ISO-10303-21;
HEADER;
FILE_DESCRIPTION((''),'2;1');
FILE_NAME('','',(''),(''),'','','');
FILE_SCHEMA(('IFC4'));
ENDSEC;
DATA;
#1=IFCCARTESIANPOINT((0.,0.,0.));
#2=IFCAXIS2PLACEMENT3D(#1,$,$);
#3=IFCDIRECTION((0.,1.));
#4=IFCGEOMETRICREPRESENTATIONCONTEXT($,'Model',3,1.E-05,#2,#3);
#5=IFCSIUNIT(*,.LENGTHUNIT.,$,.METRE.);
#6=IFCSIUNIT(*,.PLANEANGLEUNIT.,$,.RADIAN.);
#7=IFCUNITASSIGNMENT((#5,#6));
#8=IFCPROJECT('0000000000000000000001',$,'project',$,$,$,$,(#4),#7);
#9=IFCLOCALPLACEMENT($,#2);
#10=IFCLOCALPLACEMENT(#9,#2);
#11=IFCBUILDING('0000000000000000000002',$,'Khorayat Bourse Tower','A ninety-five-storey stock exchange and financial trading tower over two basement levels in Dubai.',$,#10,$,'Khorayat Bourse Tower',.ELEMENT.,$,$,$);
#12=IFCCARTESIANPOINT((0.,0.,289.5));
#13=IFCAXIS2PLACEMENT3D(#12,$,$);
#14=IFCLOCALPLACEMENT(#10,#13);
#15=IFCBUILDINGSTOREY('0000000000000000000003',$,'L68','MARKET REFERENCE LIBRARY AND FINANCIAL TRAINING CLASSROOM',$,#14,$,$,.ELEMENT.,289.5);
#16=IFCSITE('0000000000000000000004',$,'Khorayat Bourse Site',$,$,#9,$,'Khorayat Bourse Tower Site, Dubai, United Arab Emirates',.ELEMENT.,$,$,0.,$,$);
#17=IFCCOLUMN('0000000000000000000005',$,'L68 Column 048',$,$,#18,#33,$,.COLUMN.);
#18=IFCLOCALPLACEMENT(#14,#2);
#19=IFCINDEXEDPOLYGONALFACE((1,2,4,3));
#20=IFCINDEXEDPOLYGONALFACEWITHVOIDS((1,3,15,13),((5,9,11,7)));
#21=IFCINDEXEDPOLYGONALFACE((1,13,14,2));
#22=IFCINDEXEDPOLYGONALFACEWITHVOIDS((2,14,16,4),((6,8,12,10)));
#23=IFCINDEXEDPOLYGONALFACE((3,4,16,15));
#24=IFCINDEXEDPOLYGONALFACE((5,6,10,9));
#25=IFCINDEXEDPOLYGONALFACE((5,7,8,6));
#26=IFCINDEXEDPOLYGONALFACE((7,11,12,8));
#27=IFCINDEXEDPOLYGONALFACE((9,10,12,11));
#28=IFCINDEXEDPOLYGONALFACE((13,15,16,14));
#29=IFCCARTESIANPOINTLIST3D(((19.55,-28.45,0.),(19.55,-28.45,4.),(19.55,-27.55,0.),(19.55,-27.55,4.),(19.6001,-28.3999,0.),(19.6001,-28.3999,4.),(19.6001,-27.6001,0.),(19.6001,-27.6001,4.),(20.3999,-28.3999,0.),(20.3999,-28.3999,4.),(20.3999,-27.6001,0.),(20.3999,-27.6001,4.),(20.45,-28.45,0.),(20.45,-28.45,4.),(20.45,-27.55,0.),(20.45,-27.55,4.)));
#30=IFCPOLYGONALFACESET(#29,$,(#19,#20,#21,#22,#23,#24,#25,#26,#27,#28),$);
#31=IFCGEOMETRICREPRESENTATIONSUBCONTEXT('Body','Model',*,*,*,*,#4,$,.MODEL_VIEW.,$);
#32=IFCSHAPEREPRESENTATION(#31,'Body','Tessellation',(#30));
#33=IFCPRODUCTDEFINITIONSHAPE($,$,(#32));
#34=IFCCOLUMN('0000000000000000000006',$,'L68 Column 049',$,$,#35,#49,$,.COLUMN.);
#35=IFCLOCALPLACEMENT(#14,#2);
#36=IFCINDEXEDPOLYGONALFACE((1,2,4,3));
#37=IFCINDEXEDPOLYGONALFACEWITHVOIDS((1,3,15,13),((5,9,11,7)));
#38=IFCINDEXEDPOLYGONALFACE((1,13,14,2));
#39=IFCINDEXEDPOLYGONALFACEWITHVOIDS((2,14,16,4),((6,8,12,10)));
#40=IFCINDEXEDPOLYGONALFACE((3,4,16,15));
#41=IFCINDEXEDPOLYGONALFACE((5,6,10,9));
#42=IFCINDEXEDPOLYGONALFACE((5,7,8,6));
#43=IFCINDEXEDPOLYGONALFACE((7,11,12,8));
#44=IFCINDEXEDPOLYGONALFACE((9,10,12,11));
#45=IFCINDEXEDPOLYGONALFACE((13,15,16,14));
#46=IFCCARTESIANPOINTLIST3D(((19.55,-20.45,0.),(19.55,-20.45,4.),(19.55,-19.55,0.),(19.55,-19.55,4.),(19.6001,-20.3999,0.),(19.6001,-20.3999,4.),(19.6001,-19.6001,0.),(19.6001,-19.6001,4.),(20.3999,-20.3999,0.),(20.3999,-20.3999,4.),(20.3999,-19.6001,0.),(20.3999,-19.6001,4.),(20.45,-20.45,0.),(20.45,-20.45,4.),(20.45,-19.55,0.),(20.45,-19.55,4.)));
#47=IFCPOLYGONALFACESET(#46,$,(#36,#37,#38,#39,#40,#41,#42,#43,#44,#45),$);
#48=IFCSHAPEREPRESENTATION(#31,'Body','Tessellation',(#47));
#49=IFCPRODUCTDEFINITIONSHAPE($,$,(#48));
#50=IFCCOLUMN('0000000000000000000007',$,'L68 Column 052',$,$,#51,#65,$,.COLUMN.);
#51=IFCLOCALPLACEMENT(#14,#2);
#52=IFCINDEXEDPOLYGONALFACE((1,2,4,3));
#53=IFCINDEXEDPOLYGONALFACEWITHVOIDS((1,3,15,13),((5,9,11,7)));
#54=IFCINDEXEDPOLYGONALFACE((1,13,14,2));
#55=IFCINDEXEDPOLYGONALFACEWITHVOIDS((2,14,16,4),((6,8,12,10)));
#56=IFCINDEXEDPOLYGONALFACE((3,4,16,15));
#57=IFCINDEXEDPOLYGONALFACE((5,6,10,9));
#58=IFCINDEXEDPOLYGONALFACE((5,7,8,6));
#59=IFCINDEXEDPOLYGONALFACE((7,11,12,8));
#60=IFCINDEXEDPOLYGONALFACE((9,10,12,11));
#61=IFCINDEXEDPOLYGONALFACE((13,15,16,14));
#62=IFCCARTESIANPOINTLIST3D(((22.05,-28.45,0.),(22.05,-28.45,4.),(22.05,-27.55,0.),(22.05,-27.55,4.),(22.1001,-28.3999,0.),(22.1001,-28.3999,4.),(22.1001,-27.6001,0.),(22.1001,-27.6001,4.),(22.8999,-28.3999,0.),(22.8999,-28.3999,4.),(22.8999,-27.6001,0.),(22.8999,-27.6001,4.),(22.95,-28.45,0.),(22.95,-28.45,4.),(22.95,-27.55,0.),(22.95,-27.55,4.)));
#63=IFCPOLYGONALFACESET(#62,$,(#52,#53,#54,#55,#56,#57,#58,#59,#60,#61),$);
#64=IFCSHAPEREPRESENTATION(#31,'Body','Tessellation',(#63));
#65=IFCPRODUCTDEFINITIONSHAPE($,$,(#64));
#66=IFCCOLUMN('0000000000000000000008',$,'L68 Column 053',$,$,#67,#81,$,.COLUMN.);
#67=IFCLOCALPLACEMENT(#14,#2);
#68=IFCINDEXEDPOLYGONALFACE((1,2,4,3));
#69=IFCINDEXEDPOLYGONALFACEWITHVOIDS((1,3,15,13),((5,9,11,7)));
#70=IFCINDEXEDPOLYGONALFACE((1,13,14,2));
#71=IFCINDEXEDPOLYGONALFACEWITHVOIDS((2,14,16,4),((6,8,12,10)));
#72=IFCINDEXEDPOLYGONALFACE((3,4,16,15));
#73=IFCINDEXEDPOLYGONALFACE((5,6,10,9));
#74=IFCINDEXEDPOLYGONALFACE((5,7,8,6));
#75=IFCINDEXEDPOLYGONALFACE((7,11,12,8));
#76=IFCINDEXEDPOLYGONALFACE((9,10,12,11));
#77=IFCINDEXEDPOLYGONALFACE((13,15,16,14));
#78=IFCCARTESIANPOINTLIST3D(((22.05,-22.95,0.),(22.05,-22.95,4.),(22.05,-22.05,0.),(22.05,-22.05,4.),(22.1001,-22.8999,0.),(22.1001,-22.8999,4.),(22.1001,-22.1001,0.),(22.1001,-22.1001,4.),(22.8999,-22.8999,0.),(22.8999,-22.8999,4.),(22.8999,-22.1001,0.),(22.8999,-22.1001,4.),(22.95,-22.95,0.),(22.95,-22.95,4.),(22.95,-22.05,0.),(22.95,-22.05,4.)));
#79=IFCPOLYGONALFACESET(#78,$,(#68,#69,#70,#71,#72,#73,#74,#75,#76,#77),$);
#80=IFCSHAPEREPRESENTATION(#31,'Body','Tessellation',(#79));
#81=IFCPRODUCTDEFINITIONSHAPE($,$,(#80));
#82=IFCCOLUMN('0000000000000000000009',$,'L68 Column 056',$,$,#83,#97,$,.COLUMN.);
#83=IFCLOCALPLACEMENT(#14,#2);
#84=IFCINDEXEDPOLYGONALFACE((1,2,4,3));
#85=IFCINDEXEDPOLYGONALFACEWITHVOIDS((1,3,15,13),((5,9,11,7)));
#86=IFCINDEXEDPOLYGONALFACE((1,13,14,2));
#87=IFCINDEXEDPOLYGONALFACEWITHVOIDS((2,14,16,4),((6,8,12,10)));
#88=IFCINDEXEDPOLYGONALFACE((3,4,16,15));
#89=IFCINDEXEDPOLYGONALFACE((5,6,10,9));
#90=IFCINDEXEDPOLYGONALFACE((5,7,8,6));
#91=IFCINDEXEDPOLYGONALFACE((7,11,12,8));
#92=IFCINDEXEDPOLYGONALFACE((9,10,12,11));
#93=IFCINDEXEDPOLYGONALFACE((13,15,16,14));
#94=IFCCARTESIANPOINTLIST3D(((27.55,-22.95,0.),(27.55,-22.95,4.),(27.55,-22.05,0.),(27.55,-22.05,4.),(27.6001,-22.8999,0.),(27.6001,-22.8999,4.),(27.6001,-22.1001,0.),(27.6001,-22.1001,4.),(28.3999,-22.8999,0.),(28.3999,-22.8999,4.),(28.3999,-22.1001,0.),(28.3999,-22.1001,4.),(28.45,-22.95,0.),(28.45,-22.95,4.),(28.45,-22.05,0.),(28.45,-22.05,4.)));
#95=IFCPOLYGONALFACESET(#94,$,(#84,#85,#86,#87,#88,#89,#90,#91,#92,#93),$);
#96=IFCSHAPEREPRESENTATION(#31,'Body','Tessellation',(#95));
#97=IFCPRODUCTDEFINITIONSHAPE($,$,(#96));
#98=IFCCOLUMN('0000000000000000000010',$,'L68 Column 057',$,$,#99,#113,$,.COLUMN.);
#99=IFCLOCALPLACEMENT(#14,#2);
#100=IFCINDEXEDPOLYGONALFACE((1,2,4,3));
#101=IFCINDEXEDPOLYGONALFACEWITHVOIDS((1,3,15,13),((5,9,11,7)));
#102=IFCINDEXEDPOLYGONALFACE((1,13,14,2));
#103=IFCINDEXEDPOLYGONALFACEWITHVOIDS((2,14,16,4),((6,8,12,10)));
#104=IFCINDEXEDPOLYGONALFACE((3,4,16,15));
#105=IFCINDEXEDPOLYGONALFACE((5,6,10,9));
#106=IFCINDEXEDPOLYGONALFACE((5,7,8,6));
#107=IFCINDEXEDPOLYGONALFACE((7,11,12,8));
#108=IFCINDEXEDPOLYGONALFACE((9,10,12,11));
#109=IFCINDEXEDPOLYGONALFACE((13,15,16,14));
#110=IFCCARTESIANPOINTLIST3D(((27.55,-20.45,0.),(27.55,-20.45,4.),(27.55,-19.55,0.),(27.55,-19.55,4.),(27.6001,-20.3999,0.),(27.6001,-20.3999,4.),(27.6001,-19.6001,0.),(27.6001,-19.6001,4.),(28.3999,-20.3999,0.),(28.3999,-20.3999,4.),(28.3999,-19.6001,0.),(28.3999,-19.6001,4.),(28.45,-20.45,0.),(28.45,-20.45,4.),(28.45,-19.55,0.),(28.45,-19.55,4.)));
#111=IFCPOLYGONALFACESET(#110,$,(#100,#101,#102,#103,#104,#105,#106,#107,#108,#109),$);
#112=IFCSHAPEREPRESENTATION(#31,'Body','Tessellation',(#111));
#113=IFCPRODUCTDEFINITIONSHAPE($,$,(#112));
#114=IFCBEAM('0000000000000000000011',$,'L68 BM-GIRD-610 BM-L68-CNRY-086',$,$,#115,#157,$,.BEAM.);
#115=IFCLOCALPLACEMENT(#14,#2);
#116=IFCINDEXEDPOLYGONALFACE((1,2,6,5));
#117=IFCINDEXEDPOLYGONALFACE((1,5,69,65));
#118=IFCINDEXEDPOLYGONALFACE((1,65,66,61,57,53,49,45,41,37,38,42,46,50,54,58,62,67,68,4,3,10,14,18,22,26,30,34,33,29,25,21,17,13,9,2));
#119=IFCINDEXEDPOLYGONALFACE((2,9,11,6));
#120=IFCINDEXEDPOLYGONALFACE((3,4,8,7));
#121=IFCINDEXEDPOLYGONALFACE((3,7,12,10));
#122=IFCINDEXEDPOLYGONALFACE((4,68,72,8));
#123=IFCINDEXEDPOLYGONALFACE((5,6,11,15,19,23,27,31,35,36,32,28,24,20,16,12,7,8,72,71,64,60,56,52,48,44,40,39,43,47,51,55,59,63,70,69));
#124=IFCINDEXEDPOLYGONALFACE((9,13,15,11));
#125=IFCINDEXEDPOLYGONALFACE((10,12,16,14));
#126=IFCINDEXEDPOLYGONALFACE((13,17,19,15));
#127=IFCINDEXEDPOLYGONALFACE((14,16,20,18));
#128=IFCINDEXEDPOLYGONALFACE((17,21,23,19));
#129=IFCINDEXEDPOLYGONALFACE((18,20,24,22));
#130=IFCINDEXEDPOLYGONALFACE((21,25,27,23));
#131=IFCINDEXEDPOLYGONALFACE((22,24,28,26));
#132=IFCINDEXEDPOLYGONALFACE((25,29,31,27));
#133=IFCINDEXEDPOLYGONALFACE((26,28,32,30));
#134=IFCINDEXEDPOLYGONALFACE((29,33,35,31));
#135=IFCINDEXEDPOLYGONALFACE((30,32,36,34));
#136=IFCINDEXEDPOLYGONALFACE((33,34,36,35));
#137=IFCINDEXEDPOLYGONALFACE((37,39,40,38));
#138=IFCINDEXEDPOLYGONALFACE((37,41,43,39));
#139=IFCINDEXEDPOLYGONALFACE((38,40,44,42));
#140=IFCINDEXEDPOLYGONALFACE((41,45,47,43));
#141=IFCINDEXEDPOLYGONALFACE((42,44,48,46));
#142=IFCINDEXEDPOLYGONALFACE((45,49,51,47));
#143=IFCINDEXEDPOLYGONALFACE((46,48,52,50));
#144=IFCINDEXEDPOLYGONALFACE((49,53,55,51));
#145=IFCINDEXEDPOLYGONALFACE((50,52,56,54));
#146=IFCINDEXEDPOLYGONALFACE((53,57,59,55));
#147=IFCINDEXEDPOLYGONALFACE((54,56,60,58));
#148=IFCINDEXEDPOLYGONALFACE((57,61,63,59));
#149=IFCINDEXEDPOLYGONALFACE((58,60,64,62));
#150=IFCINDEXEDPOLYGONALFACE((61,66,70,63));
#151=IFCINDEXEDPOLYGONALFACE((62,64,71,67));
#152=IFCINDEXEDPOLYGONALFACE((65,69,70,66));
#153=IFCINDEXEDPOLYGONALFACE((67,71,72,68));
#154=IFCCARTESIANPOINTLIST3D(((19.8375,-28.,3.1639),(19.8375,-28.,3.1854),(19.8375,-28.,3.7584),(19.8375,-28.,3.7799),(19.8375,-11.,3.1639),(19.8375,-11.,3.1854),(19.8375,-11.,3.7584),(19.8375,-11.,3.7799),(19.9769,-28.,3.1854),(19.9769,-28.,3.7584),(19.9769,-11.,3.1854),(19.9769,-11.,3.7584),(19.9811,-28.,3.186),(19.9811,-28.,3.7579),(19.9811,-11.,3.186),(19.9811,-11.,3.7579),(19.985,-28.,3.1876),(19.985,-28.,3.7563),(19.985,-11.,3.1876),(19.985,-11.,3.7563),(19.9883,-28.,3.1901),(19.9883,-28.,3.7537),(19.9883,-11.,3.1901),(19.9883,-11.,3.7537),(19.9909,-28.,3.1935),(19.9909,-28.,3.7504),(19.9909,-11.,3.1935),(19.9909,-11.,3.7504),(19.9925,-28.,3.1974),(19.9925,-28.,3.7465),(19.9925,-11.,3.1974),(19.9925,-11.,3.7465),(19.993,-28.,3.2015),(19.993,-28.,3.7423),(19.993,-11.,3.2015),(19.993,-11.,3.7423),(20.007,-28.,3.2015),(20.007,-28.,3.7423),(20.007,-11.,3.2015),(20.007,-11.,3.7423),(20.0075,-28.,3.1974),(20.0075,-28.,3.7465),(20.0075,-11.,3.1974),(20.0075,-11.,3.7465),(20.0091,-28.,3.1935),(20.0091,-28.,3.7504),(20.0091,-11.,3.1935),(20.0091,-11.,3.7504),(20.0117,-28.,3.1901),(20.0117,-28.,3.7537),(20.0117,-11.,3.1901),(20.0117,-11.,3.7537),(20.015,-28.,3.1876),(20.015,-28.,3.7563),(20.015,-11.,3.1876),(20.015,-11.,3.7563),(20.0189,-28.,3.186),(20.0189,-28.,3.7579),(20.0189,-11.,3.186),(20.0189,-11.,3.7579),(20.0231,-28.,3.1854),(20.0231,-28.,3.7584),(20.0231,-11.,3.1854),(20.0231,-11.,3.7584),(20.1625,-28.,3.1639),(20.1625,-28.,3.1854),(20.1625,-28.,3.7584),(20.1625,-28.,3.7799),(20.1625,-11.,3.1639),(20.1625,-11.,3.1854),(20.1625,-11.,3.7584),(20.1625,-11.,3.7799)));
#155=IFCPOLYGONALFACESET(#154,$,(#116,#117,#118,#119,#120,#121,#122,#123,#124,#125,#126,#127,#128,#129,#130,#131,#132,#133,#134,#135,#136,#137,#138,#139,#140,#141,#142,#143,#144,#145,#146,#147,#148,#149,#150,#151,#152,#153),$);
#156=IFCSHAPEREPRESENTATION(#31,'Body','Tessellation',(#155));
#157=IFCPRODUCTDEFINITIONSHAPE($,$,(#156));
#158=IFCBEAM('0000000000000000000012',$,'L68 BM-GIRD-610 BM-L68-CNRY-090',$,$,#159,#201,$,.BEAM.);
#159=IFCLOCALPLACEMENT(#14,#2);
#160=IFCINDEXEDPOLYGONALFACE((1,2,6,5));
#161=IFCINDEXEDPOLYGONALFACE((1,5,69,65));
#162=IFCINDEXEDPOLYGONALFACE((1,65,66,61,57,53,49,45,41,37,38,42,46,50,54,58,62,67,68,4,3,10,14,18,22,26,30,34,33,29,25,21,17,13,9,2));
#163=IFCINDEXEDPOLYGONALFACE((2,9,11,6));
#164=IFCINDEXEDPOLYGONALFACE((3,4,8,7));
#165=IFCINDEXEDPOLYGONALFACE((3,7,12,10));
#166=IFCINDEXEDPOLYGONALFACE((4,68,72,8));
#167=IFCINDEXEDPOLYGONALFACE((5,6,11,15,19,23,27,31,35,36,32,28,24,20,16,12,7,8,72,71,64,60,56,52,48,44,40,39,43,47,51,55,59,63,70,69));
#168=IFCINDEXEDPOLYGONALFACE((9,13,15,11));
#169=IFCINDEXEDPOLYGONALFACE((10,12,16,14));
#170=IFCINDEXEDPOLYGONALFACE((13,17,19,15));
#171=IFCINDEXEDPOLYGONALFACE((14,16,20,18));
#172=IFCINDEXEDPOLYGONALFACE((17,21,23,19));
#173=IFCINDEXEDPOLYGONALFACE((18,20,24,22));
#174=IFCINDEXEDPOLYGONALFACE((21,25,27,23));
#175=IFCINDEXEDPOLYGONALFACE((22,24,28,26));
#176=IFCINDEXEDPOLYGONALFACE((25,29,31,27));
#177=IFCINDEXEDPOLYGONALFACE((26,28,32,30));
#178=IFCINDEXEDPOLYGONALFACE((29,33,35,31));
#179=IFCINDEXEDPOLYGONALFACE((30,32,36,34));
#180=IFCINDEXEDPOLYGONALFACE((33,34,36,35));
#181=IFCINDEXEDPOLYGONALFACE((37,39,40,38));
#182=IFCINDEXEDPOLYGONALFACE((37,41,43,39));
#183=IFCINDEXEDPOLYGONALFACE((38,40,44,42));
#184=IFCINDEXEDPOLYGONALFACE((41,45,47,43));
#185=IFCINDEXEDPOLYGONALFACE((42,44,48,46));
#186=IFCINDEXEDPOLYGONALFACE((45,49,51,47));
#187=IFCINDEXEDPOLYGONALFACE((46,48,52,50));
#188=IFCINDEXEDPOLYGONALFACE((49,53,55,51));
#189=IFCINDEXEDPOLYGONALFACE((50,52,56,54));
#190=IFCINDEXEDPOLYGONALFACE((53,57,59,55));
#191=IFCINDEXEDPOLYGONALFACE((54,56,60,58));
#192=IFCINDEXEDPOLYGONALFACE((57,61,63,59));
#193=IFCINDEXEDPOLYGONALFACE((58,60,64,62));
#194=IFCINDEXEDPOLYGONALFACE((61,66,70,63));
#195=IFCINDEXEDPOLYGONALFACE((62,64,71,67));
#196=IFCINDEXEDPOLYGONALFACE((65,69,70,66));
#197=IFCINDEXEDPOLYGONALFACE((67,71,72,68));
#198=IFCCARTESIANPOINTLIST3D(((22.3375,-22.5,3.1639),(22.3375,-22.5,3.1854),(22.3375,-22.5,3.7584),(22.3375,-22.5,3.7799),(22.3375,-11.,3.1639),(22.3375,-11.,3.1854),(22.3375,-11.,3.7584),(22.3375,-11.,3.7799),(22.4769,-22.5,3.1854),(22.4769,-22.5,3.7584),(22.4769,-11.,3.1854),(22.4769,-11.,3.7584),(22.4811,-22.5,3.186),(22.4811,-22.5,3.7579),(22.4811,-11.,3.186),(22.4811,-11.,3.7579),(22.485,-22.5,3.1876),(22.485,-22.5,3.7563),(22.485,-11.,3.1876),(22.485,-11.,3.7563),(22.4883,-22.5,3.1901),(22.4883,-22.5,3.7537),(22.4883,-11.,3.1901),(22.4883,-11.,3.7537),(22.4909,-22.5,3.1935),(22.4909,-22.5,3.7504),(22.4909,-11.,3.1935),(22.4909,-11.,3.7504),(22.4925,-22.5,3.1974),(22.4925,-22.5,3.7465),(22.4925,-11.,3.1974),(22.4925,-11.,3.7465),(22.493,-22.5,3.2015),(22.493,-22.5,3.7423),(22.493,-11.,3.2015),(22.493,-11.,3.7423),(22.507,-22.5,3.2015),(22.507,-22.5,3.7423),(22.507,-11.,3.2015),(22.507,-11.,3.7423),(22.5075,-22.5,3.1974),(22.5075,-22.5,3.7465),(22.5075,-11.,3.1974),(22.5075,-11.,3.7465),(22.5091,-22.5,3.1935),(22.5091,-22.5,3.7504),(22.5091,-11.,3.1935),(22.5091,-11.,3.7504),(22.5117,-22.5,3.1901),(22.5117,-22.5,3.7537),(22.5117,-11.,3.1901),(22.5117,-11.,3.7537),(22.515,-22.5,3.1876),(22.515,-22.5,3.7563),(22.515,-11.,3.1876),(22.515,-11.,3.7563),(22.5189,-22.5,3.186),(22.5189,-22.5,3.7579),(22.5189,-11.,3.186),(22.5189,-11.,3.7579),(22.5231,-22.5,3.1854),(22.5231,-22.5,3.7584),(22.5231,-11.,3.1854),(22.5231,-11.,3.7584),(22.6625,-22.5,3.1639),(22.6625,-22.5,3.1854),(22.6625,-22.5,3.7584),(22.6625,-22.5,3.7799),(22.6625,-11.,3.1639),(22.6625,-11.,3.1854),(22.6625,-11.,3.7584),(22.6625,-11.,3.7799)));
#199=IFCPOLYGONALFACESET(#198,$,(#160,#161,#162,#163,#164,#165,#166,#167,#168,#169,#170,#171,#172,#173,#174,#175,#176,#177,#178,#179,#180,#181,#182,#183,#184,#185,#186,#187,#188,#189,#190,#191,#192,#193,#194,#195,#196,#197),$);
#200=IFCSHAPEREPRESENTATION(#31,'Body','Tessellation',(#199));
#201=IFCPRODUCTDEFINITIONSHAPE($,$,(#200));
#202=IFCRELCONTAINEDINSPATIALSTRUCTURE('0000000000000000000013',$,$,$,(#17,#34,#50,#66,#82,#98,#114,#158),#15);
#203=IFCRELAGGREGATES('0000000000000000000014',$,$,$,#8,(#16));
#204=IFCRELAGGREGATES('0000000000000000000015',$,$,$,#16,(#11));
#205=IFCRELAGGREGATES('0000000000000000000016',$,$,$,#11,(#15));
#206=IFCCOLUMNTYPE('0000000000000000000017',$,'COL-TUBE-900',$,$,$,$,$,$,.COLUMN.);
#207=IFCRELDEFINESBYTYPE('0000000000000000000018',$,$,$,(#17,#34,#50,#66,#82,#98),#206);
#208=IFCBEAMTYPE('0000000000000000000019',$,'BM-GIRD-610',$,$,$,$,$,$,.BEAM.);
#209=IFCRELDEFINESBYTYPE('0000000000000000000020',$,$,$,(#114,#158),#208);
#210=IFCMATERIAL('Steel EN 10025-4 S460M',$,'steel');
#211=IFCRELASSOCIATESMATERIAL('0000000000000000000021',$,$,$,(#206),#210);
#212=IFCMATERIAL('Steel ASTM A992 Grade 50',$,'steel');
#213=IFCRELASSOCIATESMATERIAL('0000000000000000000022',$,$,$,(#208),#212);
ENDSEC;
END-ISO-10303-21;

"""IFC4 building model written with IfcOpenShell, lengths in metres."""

from ifc_helpers import new_model, si_unit, direction, frame, origin, origin_2d, place, context, subcontext, project, spatial, hollow_rectangle, i_section, extrude, source, transform, mapped, material, material_profile, profile_set, type_object, element, save


model = new_model("IFC4")

# Units and contexts
model_context = context("Model", 3, precision=1e-05, world=origin(), true_north=direction((0.0, 1.0)))
body_context = subcontext(model_context, "Body", "Model", "MODEL_VIEW")
ifc_project = project(units=[si_unit("LENGTHUNIT", "METRE"), si_unit("PLANEANGLEUNIT", "RADIAN")], contexts=[model_context])

# Site, building, storey
site_placement = place(None, origin())
site = spatial("IfcSite", under=ifc_project, at=site_placement, Name="Khorayat Bourse Site", LongName="Khorayat Bourse Tower Site, Dubai, United Arab Emirates", CompositionType="ELEMENT", RefElevation=0.0)
building_placement = place(site_placement, origin())
building = spatial("IfcBuilding", under=site, at=building_placement, Name="Khorayat Bourse Tower", Description="A ninety-five-storey stock exchange and financial trading tower over two basement levels in Dubai.", LongName="Khorayat Bourse Tower", CompositionType="ELEMENT")
storey_placement = place(building_placement, frame((0.0, 0.0, 289.5)))
storey = spatial("IfcBuildingStorey", under=building, at=storey_placement, Name="L68", Description="MARKET REFERENCE LIBRARY AND FINANCIAL TRAINING CLASSROOM", CompositionType="ELEMENT", Elevation=289.5)

# Columns
ifc_material_1 = material(Name="Steel EN 10025-4 S460M", Category="steel")
ifc_material_profile_1 = material_profile(ifc_material_1, hollow_rectangle(XDim=0.8999, YDim=0.8999, WallThickness=0.05, at=origin_2d()), Name="BOX 900x900x50")
ifc_profile_set_1 = profile_set([ifc_material_profile_1], Name="Steel EN 10025-4 S460M")
column_type = type_object("IfcColumnType", Name="COL-TUBE-900", PredefinedType="COLUMN", material=ifc_profile_set_1)
shared_shape_1 = source(origin(), body_context, "Body", "SweptSolid", [
    extrude(hollow_rectangle(XDim=0.8999, YDim=0.8999, WallThickness=0.05, at=origin_2d()), origin(), (0.0, 0.0, 1.0), 4.0),
])
for number, where, z_axis, x_axis, name in (
    (1, (20.0, -28.0, 0.0), (0.0, 0.0, 1.0), (1.0, 0.0, 0.0), "L68 Column 048"),
    (2, (20.0, -20.0, 0.0), (0.0, 0.0, 1.0), (1.0, 0.0, 0.0), "L68 Column 049"),
    (3, (22.5, -28.0, 0.0), (0.0, 0.0, 1.0), (1.0, 0.0, 0.0), "L68 Column 052"),
    (4, (22.5, -22.5, 0.0), (0.0, 0.0, 1.0), (1.0, 0.0, 0.0), "L68 Column 053"),
    (5, (28.0, -22.5, 0.0), (0.0, 0.0, 1.0), (1.0, 0.0, 0.0), "L68 Column 056"),
    (6, (28.0, -20.0, 0.0), (0.0, 0.0, 1.0), (1.0, 0.0, 0.0), "L68 Column 057"),
):
    element("IfcColumn", number, at=place(storey_placement, frame(where, z_axis=z_axis, x_axis=x_axis)), inside=storey, type_object=column_type, Name=name, PredefinedType="COLUMN", context=body_context, shape_type="MappedRepresentation", body=[
        mapped(shared_shape_1, transform((0.0, 0.0, 0.0), scale=1.0)),
    ])

# Beams
ifc_material_2 = material(Name="Steel ASTM A992 Grade 50", Category="steel")
ifc_material_profile_2 = material_profile(ifc_material_2, i_section(OverallWidth=0.325, OverallDepth=0.616, WebThickness=0.0139, FlangeThickness=0.0215, FilletRadius=0.0161, at=origin_2d()), Name="W610X174")
ifc_profile_set_2 = profile_set([ifc_material_profile_2], Name="Steel ASTM A992 Grade 50")
beam_type_1 = type_object("IfcBeamType", Name="BM-GIRD-610", PredefinedType="BEAM", material=ifc_profile_set_2)
shared_shape_2 = source(origin(), body_context, "Body", "SweptSolid", [
    extrude(i_section(OverallWidth=0.325, OverallDepth=0.616, WebThickness=0.0139, FlangeThickness=0.0215, FilletRadius=0.0161, at=origin_2d()), origin(), (0.0, 0.0, 1.0), 17.0),
])
beam_1_placement = place(storey_placement, frame((20.0, -28.0, 3.4719), z_axis=(0.0, 1.0, 0.0), x_axis=(-1.0, 0.0, 0.0)))
element("IfcBeam", 7, at=beam_1_placement, inside=storey, type_object=beam_type_1, Name="L68 BM-GIRD-610 BM-L68-CNRY-086", PredefinedType="BEAM", context=body_context, shape_type="MappedRepresentation", body=[
    mapped(shared_shape_2, transform((0.0, 0.0, 0.0), scale=1.0)),
])
shared_shape_3 = source(origin(), body_context, "Body", "SweptSolid", [
    extrude(i_section(OverallWidth=0.325, OverallDepth=0.616, WebThickness=0.0139, FlangeThickness=0.0215, FilletRadius=0.0161, at=origin_2d()), origin(), (0.0, 0.0, 1.0), 11.5),
])
beam_2_placement = place(storey_placement, frame((22.5, -22.5, 3.4719), z_axis=(0.0, 1.0, 0.0), x_axis=(-1.0, 0.0, 0.0)))
element("IfcBeam", 8, at=beam_2_placement, inside=storey, type_object=beam_type_1, Name="L68 BM-GIRD-610 BM-L68-CNRY-090", PredefinedType="BEAM", context=body_context, shape_type="MappedRepresentation", body=[
    mapped(shared_shape_3, transform((0.0, 0.0, 0.0), scale=1.0)),
])

save(model, "model.ifc")
